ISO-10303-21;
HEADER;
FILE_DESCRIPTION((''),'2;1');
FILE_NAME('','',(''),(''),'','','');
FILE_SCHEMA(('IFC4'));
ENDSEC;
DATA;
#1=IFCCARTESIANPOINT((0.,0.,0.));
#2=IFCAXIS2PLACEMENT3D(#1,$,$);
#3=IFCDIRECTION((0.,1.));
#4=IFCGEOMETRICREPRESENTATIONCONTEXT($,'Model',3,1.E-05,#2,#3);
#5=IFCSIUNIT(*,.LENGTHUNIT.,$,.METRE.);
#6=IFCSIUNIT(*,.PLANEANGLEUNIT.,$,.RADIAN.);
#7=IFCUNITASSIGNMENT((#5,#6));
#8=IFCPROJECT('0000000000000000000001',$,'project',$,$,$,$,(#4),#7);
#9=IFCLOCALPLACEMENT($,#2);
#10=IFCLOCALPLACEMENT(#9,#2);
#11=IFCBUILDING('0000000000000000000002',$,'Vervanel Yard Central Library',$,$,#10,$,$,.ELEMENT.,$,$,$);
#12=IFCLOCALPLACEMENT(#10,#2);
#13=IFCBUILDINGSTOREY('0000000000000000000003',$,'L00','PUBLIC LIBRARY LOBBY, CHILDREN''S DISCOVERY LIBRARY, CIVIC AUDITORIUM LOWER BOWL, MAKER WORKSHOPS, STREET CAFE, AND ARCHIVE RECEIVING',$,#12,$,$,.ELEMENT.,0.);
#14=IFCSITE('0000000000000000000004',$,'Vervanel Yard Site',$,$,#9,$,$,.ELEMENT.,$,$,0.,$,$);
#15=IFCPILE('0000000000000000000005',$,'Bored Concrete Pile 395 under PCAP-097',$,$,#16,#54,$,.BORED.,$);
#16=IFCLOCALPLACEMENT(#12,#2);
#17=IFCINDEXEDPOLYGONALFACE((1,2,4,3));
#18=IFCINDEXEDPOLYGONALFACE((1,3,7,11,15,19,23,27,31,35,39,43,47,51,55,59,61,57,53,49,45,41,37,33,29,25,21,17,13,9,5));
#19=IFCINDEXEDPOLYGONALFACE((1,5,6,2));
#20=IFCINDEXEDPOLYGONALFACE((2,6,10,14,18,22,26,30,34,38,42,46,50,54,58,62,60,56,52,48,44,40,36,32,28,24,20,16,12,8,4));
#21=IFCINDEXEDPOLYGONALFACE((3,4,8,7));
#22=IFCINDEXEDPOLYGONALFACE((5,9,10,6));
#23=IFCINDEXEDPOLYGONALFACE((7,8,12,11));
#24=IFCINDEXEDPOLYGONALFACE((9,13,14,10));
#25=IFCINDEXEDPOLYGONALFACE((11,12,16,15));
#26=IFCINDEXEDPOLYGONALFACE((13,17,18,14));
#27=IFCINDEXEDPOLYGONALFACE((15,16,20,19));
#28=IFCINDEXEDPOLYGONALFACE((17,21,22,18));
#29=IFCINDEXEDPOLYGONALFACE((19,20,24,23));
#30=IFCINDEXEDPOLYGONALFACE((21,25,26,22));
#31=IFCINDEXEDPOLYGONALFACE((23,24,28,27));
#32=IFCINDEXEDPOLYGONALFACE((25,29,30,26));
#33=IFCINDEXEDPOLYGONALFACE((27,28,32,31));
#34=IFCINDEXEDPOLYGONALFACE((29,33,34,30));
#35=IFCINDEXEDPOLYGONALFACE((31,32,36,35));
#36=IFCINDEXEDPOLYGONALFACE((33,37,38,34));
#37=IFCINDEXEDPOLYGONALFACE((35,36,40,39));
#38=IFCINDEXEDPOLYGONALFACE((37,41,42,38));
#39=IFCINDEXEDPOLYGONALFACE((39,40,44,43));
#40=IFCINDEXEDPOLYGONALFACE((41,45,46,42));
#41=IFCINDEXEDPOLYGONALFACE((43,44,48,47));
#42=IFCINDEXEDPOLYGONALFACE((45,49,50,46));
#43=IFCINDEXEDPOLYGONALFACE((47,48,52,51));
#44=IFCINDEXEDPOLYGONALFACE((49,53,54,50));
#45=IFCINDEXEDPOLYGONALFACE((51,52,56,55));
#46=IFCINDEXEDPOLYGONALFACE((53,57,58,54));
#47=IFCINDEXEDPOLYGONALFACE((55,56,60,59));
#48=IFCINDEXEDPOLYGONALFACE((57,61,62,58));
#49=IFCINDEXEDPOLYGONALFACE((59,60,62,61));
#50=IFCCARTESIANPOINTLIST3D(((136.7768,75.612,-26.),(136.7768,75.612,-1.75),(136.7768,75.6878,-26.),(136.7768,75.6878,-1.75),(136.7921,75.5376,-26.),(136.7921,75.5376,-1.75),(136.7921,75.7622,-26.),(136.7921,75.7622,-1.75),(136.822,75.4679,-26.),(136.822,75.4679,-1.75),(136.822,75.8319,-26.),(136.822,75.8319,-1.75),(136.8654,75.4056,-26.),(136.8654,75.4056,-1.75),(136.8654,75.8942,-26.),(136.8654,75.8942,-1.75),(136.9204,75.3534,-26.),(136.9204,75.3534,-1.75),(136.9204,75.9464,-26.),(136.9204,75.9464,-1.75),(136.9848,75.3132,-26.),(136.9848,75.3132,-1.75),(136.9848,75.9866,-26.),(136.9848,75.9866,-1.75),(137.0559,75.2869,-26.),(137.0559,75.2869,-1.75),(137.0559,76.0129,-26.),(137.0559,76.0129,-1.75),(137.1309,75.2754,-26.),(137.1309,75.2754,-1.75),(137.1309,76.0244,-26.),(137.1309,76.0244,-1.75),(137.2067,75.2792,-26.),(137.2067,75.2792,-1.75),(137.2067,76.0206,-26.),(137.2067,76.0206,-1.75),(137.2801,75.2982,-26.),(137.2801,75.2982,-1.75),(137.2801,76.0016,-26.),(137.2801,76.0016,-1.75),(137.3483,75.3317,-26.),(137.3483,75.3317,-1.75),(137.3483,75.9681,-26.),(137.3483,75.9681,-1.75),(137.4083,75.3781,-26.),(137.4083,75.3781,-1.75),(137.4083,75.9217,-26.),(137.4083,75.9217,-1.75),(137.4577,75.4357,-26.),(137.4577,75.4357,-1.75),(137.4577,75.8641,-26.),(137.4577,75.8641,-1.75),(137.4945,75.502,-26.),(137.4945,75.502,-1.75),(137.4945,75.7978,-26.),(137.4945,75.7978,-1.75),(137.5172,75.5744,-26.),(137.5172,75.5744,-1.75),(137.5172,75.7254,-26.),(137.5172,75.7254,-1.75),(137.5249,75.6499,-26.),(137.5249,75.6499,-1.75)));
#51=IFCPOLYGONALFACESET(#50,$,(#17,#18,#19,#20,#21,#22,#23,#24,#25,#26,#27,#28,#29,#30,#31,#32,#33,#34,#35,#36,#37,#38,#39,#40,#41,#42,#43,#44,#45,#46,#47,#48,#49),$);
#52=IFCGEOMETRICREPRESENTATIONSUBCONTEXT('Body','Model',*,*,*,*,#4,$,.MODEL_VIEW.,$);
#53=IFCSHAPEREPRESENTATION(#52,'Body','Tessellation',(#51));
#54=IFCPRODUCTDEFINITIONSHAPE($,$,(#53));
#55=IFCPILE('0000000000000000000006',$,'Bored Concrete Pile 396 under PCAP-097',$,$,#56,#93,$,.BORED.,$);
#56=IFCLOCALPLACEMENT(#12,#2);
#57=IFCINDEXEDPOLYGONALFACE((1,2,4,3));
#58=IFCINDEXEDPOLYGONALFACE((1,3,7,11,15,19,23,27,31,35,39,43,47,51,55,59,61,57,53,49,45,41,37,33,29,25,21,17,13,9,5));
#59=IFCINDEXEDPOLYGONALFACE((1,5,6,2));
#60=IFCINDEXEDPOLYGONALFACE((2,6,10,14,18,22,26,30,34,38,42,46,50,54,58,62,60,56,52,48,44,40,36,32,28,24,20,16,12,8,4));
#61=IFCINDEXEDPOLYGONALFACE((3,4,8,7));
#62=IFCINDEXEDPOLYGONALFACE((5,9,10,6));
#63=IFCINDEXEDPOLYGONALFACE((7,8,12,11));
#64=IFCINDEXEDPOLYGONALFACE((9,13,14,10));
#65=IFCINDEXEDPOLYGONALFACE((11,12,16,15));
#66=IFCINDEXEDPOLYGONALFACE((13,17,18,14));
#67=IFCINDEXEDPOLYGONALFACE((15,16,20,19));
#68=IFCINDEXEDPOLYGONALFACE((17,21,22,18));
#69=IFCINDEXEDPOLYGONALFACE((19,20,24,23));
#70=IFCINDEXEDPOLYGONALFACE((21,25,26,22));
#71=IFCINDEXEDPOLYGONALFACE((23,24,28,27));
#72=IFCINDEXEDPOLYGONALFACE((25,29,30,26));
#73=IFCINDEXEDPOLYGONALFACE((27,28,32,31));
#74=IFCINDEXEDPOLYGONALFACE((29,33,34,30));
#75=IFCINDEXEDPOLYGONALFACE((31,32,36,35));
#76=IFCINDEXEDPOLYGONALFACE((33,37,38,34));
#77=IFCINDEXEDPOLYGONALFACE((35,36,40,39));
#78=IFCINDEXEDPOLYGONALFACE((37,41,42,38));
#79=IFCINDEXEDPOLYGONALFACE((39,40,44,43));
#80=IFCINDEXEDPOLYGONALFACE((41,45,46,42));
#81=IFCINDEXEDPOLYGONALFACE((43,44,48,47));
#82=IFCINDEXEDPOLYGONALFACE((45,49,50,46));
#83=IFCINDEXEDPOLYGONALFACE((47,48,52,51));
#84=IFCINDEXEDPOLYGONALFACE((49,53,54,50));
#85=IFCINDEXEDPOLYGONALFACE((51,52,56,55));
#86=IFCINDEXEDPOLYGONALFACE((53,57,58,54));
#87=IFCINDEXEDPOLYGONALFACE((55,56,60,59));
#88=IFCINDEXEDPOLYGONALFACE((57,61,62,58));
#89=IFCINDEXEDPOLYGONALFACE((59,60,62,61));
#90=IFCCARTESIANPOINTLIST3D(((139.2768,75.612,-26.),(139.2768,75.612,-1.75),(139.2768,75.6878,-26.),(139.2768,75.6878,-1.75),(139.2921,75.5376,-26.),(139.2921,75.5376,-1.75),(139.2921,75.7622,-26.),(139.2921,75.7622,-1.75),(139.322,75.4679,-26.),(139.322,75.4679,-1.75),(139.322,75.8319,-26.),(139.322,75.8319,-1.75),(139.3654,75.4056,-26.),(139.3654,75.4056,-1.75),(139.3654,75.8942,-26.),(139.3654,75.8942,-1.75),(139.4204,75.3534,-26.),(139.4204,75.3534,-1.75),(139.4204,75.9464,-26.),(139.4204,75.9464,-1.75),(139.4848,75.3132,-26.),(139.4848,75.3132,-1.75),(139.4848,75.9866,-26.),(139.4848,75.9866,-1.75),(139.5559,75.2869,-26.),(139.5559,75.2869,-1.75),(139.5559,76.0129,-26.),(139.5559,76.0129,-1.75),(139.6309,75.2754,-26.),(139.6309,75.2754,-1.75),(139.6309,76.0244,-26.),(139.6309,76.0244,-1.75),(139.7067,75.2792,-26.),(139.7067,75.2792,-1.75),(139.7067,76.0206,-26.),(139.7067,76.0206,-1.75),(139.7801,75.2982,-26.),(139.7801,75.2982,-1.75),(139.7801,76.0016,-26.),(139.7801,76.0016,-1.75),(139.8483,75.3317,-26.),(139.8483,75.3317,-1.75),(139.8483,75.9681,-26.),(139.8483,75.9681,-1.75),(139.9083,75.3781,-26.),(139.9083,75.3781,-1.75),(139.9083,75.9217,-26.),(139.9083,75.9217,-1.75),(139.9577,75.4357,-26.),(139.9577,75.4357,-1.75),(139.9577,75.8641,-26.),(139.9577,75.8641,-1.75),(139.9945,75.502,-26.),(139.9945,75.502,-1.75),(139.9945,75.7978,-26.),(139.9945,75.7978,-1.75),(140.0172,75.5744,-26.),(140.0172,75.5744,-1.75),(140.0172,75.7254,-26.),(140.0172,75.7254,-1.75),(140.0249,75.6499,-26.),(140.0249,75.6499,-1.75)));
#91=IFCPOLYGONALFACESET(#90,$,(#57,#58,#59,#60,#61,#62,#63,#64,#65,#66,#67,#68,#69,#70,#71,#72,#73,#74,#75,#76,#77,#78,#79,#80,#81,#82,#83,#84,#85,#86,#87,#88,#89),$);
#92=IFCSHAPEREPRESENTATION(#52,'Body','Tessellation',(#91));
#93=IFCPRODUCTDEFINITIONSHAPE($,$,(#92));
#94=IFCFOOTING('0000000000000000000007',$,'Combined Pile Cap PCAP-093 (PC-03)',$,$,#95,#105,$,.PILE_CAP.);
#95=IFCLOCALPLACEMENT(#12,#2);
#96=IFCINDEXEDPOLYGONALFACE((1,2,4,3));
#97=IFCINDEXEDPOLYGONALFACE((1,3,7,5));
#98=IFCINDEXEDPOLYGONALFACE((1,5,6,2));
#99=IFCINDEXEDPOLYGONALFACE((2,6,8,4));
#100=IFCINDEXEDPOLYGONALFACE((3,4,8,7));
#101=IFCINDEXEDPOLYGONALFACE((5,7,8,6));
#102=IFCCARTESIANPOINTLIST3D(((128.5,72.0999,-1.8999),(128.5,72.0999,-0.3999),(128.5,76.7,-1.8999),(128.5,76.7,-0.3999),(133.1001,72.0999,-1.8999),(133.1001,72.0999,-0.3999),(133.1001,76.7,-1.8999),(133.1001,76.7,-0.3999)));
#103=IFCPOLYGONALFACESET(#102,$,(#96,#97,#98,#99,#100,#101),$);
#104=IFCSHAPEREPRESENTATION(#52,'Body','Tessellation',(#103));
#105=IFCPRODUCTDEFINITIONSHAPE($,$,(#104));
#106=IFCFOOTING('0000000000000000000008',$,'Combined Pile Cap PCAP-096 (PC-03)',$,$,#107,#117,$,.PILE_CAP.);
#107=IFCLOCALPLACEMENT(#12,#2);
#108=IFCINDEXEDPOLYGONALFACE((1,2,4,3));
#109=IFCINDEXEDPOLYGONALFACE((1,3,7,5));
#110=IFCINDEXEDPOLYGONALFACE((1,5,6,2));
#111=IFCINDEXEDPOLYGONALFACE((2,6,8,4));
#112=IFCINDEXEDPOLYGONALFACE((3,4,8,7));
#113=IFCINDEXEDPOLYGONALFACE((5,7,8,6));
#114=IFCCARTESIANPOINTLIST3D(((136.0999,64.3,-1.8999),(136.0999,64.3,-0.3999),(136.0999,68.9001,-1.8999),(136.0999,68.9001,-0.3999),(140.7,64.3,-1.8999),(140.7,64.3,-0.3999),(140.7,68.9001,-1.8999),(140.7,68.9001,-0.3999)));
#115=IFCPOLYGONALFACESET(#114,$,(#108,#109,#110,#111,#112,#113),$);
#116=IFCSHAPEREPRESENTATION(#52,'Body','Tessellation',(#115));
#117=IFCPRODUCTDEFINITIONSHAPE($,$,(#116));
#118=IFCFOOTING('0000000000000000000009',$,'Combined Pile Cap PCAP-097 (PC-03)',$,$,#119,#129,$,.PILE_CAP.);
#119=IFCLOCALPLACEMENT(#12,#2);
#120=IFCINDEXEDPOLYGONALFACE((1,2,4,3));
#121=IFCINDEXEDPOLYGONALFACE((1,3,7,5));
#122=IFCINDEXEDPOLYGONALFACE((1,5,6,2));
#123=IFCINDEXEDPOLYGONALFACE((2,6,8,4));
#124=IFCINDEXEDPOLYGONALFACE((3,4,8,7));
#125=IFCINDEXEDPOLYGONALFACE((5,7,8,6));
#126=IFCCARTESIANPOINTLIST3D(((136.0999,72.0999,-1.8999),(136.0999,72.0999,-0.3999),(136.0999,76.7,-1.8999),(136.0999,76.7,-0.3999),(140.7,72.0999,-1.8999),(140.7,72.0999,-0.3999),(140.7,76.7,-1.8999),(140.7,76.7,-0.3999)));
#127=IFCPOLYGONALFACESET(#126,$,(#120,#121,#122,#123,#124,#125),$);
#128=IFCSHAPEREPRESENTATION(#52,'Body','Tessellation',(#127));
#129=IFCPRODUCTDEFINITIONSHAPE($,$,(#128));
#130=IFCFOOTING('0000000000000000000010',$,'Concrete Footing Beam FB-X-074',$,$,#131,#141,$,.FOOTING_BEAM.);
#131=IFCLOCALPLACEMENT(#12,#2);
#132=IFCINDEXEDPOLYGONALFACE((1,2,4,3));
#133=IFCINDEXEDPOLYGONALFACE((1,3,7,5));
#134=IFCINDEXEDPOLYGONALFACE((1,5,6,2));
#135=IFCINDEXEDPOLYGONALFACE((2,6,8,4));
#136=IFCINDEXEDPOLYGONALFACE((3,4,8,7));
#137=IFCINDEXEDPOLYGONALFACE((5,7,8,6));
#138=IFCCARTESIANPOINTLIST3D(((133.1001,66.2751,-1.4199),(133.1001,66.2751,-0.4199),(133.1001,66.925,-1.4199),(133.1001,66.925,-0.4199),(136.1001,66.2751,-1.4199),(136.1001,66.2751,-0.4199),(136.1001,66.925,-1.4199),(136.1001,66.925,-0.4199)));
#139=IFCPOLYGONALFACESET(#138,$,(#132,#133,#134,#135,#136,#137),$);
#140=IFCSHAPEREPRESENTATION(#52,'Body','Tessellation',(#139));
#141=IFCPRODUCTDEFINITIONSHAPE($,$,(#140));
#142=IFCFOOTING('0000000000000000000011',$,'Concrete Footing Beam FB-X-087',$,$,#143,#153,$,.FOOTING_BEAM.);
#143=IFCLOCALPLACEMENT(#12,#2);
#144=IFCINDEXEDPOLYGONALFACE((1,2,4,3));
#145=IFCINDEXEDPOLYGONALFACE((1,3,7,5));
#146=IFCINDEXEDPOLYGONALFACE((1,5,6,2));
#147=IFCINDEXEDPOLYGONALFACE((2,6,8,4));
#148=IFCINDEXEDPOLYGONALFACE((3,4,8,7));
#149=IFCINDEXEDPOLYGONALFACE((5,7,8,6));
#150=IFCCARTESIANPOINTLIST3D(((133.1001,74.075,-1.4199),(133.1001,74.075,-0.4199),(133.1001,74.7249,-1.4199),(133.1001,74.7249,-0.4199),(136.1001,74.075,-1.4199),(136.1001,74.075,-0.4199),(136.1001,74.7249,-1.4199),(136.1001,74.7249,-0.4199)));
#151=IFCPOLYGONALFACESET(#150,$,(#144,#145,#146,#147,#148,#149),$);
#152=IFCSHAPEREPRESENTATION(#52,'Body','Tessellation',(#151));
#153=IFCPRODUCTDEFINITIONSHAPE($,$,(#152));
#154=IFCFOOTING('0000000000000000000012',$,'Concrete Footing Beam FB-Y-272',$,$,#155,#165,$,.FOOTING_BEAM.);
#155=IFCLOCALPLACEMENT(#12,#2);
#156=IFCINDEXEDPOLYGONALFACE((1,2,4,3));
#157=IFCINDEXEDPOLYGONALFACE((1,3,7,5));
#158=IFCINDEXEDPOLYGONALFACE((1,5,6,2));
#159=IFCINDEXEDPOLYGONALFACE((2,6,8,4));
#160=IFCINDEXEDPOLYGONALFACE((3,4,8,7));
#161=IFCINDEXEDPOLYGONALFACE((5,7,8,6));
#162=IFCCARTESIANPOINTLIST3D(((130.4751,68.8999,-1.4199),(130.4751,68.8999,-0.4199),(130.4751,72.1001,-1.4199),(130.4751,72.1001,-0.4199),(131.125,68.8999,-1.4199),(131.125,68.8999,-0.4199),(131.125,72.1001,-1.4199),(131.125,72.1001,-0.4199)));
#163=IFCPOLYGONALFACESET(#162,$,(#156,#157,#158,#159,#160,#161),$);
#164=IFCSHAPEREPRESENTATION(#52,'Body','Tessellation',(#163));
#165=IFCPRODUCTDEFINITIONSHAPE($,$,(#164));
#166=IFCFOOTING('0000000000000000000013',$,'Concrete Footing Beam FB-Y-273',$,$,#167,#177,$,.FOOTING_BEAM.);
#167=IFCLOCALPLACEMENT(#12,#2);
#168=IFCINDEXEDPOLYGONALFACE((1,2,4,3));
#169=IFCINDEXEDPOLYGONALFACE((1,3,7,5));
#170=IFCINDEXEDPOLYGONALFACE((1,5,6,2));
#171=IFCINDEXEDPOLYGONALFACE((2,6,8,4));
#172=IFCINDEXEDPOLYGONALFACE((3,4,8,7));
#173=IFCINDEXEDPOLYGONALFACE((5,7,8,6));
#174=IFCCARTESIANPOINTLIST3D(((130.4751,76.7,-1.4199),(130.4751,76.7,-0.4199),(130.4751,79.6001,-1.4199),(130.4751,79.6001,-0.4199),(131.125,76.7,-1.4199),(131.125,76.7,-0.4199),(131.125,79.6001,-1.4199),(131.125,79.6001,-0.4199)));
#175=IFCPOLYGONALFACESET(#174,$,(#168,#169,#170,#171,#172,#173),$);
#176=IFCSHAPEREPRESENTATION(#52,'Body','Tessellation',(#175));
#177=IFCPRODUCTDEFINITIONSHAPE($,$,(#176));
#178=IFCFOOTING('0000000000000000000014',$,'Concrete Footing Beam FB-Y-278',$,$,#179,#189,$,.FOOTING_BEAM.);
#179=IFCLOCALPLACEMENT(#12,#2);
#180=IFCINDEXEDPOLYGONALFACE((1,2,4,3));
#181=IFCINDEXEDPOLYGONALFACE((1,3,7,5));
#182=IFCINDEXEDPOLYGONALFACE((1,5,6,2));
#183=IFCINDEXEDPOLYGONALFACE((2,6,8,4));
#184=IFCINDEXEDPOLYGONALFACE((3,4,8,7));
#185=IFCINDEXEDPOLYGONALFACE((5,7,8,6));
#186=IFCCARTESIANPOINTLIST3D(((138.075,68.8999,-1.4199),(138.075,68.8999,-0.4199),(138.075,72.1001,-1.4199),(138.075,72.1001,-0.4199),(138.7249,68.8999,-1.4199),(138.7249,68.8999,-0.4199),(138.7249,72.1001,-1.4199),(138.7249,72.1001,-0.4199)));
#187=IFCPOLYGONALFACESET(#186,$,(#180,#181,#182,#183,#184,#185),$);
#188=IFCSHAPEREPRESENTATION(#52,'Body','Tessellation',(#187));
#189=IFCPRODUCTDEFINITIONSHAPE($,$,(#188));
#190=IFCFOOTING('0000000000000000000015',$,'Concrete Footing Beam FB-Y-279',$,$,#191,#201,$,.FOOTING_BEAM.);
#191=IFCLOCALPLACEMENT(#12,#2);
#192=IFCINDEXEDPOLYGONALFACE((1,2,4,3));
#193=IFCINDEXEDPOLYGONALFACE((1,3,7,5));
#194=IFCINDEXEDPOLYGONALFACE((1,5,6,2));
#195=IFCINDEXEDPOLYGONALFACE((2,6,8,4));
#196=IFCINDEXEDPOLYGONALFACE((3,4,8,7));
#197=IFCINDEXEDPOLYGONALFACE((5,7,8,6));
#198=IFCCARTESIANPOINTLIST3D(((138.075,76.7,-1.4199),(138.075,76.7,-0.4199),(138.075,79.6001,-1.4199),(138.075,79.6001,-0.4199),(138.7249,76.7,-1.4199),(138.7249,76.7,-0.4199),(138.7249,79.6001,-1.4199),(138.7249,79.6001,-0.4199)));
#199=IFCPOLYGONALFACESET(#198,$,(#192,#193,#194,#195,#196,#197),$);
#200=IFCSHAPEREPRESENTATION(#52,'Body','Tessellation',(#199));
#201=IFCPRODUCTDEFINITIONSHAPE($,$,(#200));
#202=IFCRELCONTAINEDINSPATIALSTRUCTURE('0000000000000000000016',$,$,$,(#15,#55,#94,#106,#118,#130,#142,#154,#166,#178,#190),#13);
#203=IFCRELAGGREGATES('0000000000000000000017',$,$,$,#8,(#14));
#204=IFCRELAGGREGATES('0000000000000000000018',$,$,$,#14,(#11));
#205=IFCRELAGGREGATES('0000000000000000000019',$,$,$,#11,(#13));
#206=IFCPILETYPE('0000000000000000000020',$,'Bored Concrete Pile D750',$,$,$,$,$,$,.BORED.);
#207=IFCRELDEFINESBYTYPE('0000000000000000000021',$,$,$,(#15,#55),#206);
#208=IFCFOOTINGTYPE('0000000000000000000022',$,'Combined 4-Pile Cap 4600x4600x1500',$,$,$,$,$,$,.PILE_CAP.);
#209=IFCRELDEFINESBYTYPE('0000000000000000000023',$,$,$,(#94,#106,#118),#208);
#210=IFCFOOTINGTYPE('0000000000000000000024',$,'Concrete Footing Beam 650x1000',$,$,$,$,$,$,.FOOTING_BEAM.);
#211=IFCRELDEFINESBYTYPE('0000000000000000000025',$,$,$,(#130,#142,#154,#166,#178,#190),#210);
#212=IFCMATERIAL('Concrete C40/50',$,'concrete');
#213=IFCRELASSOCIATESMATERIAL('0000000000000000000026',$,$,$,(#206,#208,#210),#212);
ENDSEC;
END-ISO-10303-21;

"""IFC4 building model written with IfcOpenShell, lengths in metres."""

from ifc_helpers import new_model, si_unit, direction, frame, origin, origin_2d, place, context, subcontext, project, spatial, rectangle, circle, extrude, material, material_profile, profile_set, type_object, element, save


model = new_model("IFC4")

# Units and contexts
model_context = context("Model", 3, precision=1e-05, world=origin(), true_north=direction((0.0, 1.0)))
body_context = subcontext(model_context, "Body", "Model", "MODEL_VIEW")
ifc_project = project(units=[si_unit("LENGTHUNIT", "METRE"), si_unit("PLANEANGLEUNIT", "RADIAN")], contexts=[model_context])

# Site, building, storey
site_placement = place(None, origin())
site = spatial("IfcSite", under=ifc_project, at=site_placement, Name="Vervanel Yard Site", CompositionType="ELEMENT", RefElevation=0.0)
building_placement = place(site_placement, origin())
building = spatial("IfcBuilding", under=site, at=building_placement, Name="Vervanel Yard Central Library", CompositionType="ELEMENT")
storey_placement = place(building_placement, origin())
storey = spatial("IfcBuildingStorey", under=building, at=storey_placement, Name="L00", Description="PUBLIC LIBRARY LOBBY, CHILDREN'S DISCOVERY LIBRARY, CIVIC AUDITORIUM LOWER BOWL, MAKER WORKSHOPS, STREET CAFE, AND ARCHIVE RECEIVING", CompositionType="ELEMENT", Elevation=0.0)

# Piles
ifc_material_1 = material(Name="Concrete C40/50", Category="concrete")
ifc_material_profile_1 = material_profile(ifc_material_1, circle(Radius=0.375, at=origin_2d()), Name="BP D750", Category="concrete")
ifc_profile_set_1 = profile_set([ifc_material_profile_1], Name="Concrete C40/50")
pile_type = type_object("IfcPileType", Name="Bored Concrete Pile D750", PredefinedType="BORED", material=ifc_profile_set_1)
for number, where, z_axis, x_axis, name in (
    (1, (137.1499, 75.6499, -1.75), (0.0, 0.0, -1.0), (1.0, 0.0, 0.0), "Bored Concrete Pile 395 under PCAP-097"),
    (2, (139.6499, 75.6499, -1.75), (0.0, 0.0, -1.0), (1.0, 0.0, 0.0), "Bored Concrete Pile 396 under PCAP-097"),
):
    element("IfcPile", number, at=place(storey_placement, frame(where, z_axis=z_axis, x_axis=x_axis)), inside=storey, type_object=pile_type, Name=name, PredefinedType="BORED", context=body_context, shape_type="SweptSolid", body=[
        extrude(circle(Radius=0.375, at=origin_2d()), origin(), (0.0, 0.0, 1.0), 24.25),
    ])

# Footings
footing_type_1 = type_object("IfcFootingType", Name="Combined 4-Pile Cap 4600x4600x1500", PredefinedType="PILE_CAP", material=ifc_material_1)
for number, where, z_axis, x_axis, name in (
    (3, (130.8, 74.3999, -1.8999), (0.0, 0.0, 1.0), (1.0, 0.0, 0.0), "Combined Pile Cap PCAP-093 (PC-03)"),
    (4, (138.3999, 66.6001, -1.8999), (0.0, 0.0, 1.0), (1.0, 0.0, 0.0), "Combined Pile Cap PCAP-096 (PC-03)"),
    (5, (138.3999, 74.3999, -1.8999), (0.0, 0.0, 1.0), (1.0, 0.0, 0.0), "Combined Pile Cap PCAP-097 (PC-03)"),
):
    element("IfcFooting", number, at=place(storey_placement, frame(where, z_axis=z_axis, x_axis=x_axis)), inside=storey, type_object=footing_type_1, Name=name, PredefinedType="PILE_CAP", context=body_context, shape_type="SweptSolid", body=[
        extrude(rectangle(XDim=4.6001, YDim=4.6001, at=origin_2d()), origin(), (0.0, 0.0, 1.0), 1.5),
    ])
ifc_material_profile_2 = material_profile(ifc_material_1, rectangle(XDim=0.6499, YDim=1.0, at=origin_2d()), Name="RC 650x1000", Category="concrete")
ifc_profile_set_2 = profile_set([ifc_material_profile_2], Name="Concrete C40/50")
footing_type_2 = type_object("IfcFootingType", Name="Concrete Footing Beam 650x1000", PredefinedType="FOOTING_BEAM", material=ifc_profile_set_2)
for number, where, z_axis, x_axis, name in (
    (6, (133.1001, 66.6001, -0.9199), (1.0, 0.0, 0.0), (0.0, 1.0, 0.0), "Concrete Footing Beam FB-X-074"),
    (7, (133.1001, 74.3999, -0.9199), (1.0, 0.0, 0.0), (0.0, 1.0, 0.0), "Concrete Footing Beam FB-X-087"),
):
    element("IfcFooting", number, at=place(storey_placement, frame(where, z_axis=z_axis, x_axis=x_axis)), inside=storey, type_object=footing_type_2, Name=name, PredefinedType="FOOTING_BEAM", context=body_context, shape_type="SweptSolid", body=[
        extrude(rectangle(XDim=0.6499, YDim=1.0, at=origin_2d()), origin(), (0.0, 0.0, 1.0), 3.0),
    ])
footing_1_placement = place(storey_placement, frame((130.8, 68.8999, -0.9199), z_axis=(0.0, 1.0, 0.0), x_axis=(-1.0, 0.0, 0.0)))
element("IfcFooting", 8, at=footing_1_placement, inside=storey, type_object=footing_type_2, Name="Concrete Footing Beam FB-Y-272", PredefinedType="FOOTING_BEAM", context=body_context, shape_type="SweptSolid", body=[
    extrude(rectangle(XDim=0.6499, YDim=1.0, at=origin_2d()), origin(), (0.0, 0.0, 1.0), 3.2002),
])
footing_2_placement = place(storey_placement, frame((130.8, 76.7, -0.9199), z_axis=(0.0, 1.0, 0.0), x_axis=(-1.0, 0.0, 0.0)))
element("IfcFooting", 9, at=footing_2_placement, inside=storey, type_object=footing_type_2, Name="Concrete Footing Beam FB-Y-273", PredefinedType="FOOTING_BEAM", context=body_context, shape_type="SweptSolid", body=[
    extrude(rectangle(XDim=0.6499, YDim=1.0, at=origin_2d()), origin(), (0.0, 0.0, 1.0), 2.9001),
])
footing_3_placement = place(storey_placement, frame((138.3999, 68.8999, -0.9199), z_axis=(0.0, 1.0, 0.0), x_axis=(-1.0, 0.0, 0.0)))
element("IfcFooting", 10, at=footing_3_placement, inside=storey, type_object=footing_type_2, Name="Concrete Footing Beam FB-Y-278", PredefinedType="FOOTING_BEAM", context=body_context, shape_type="SweptSolid", body=[
    extrude(rectangle(XDim=0.6499, YDim=1.0, at=origin_2d()), origin(), (0.0, 0.0, 1.0), 3.2002),
])
footing_4_placement = place(storey_placement, frame((138.3999, 76.7, -0.9199), z_axis=(0.0, 1.0, 0.0), x_axis=(-1.0, 0.0, 0.0)))
element("IfcFooting", 11, at=footing_4_placement, inside=storey, type_object=footing_type_2, Name="Concrete Footing Beam FB-Y-279", PredefinedType="FOOTING_BEAM", context=body_context, shape_type="SweptSolid", body=[
    extrude(rectangle(XDim=0.6499, YDim=1.0, at=origin_2d()), origin(), (0.0, 0.0, 1.0), 2.9001),
])

save(model, "model.ifc")
